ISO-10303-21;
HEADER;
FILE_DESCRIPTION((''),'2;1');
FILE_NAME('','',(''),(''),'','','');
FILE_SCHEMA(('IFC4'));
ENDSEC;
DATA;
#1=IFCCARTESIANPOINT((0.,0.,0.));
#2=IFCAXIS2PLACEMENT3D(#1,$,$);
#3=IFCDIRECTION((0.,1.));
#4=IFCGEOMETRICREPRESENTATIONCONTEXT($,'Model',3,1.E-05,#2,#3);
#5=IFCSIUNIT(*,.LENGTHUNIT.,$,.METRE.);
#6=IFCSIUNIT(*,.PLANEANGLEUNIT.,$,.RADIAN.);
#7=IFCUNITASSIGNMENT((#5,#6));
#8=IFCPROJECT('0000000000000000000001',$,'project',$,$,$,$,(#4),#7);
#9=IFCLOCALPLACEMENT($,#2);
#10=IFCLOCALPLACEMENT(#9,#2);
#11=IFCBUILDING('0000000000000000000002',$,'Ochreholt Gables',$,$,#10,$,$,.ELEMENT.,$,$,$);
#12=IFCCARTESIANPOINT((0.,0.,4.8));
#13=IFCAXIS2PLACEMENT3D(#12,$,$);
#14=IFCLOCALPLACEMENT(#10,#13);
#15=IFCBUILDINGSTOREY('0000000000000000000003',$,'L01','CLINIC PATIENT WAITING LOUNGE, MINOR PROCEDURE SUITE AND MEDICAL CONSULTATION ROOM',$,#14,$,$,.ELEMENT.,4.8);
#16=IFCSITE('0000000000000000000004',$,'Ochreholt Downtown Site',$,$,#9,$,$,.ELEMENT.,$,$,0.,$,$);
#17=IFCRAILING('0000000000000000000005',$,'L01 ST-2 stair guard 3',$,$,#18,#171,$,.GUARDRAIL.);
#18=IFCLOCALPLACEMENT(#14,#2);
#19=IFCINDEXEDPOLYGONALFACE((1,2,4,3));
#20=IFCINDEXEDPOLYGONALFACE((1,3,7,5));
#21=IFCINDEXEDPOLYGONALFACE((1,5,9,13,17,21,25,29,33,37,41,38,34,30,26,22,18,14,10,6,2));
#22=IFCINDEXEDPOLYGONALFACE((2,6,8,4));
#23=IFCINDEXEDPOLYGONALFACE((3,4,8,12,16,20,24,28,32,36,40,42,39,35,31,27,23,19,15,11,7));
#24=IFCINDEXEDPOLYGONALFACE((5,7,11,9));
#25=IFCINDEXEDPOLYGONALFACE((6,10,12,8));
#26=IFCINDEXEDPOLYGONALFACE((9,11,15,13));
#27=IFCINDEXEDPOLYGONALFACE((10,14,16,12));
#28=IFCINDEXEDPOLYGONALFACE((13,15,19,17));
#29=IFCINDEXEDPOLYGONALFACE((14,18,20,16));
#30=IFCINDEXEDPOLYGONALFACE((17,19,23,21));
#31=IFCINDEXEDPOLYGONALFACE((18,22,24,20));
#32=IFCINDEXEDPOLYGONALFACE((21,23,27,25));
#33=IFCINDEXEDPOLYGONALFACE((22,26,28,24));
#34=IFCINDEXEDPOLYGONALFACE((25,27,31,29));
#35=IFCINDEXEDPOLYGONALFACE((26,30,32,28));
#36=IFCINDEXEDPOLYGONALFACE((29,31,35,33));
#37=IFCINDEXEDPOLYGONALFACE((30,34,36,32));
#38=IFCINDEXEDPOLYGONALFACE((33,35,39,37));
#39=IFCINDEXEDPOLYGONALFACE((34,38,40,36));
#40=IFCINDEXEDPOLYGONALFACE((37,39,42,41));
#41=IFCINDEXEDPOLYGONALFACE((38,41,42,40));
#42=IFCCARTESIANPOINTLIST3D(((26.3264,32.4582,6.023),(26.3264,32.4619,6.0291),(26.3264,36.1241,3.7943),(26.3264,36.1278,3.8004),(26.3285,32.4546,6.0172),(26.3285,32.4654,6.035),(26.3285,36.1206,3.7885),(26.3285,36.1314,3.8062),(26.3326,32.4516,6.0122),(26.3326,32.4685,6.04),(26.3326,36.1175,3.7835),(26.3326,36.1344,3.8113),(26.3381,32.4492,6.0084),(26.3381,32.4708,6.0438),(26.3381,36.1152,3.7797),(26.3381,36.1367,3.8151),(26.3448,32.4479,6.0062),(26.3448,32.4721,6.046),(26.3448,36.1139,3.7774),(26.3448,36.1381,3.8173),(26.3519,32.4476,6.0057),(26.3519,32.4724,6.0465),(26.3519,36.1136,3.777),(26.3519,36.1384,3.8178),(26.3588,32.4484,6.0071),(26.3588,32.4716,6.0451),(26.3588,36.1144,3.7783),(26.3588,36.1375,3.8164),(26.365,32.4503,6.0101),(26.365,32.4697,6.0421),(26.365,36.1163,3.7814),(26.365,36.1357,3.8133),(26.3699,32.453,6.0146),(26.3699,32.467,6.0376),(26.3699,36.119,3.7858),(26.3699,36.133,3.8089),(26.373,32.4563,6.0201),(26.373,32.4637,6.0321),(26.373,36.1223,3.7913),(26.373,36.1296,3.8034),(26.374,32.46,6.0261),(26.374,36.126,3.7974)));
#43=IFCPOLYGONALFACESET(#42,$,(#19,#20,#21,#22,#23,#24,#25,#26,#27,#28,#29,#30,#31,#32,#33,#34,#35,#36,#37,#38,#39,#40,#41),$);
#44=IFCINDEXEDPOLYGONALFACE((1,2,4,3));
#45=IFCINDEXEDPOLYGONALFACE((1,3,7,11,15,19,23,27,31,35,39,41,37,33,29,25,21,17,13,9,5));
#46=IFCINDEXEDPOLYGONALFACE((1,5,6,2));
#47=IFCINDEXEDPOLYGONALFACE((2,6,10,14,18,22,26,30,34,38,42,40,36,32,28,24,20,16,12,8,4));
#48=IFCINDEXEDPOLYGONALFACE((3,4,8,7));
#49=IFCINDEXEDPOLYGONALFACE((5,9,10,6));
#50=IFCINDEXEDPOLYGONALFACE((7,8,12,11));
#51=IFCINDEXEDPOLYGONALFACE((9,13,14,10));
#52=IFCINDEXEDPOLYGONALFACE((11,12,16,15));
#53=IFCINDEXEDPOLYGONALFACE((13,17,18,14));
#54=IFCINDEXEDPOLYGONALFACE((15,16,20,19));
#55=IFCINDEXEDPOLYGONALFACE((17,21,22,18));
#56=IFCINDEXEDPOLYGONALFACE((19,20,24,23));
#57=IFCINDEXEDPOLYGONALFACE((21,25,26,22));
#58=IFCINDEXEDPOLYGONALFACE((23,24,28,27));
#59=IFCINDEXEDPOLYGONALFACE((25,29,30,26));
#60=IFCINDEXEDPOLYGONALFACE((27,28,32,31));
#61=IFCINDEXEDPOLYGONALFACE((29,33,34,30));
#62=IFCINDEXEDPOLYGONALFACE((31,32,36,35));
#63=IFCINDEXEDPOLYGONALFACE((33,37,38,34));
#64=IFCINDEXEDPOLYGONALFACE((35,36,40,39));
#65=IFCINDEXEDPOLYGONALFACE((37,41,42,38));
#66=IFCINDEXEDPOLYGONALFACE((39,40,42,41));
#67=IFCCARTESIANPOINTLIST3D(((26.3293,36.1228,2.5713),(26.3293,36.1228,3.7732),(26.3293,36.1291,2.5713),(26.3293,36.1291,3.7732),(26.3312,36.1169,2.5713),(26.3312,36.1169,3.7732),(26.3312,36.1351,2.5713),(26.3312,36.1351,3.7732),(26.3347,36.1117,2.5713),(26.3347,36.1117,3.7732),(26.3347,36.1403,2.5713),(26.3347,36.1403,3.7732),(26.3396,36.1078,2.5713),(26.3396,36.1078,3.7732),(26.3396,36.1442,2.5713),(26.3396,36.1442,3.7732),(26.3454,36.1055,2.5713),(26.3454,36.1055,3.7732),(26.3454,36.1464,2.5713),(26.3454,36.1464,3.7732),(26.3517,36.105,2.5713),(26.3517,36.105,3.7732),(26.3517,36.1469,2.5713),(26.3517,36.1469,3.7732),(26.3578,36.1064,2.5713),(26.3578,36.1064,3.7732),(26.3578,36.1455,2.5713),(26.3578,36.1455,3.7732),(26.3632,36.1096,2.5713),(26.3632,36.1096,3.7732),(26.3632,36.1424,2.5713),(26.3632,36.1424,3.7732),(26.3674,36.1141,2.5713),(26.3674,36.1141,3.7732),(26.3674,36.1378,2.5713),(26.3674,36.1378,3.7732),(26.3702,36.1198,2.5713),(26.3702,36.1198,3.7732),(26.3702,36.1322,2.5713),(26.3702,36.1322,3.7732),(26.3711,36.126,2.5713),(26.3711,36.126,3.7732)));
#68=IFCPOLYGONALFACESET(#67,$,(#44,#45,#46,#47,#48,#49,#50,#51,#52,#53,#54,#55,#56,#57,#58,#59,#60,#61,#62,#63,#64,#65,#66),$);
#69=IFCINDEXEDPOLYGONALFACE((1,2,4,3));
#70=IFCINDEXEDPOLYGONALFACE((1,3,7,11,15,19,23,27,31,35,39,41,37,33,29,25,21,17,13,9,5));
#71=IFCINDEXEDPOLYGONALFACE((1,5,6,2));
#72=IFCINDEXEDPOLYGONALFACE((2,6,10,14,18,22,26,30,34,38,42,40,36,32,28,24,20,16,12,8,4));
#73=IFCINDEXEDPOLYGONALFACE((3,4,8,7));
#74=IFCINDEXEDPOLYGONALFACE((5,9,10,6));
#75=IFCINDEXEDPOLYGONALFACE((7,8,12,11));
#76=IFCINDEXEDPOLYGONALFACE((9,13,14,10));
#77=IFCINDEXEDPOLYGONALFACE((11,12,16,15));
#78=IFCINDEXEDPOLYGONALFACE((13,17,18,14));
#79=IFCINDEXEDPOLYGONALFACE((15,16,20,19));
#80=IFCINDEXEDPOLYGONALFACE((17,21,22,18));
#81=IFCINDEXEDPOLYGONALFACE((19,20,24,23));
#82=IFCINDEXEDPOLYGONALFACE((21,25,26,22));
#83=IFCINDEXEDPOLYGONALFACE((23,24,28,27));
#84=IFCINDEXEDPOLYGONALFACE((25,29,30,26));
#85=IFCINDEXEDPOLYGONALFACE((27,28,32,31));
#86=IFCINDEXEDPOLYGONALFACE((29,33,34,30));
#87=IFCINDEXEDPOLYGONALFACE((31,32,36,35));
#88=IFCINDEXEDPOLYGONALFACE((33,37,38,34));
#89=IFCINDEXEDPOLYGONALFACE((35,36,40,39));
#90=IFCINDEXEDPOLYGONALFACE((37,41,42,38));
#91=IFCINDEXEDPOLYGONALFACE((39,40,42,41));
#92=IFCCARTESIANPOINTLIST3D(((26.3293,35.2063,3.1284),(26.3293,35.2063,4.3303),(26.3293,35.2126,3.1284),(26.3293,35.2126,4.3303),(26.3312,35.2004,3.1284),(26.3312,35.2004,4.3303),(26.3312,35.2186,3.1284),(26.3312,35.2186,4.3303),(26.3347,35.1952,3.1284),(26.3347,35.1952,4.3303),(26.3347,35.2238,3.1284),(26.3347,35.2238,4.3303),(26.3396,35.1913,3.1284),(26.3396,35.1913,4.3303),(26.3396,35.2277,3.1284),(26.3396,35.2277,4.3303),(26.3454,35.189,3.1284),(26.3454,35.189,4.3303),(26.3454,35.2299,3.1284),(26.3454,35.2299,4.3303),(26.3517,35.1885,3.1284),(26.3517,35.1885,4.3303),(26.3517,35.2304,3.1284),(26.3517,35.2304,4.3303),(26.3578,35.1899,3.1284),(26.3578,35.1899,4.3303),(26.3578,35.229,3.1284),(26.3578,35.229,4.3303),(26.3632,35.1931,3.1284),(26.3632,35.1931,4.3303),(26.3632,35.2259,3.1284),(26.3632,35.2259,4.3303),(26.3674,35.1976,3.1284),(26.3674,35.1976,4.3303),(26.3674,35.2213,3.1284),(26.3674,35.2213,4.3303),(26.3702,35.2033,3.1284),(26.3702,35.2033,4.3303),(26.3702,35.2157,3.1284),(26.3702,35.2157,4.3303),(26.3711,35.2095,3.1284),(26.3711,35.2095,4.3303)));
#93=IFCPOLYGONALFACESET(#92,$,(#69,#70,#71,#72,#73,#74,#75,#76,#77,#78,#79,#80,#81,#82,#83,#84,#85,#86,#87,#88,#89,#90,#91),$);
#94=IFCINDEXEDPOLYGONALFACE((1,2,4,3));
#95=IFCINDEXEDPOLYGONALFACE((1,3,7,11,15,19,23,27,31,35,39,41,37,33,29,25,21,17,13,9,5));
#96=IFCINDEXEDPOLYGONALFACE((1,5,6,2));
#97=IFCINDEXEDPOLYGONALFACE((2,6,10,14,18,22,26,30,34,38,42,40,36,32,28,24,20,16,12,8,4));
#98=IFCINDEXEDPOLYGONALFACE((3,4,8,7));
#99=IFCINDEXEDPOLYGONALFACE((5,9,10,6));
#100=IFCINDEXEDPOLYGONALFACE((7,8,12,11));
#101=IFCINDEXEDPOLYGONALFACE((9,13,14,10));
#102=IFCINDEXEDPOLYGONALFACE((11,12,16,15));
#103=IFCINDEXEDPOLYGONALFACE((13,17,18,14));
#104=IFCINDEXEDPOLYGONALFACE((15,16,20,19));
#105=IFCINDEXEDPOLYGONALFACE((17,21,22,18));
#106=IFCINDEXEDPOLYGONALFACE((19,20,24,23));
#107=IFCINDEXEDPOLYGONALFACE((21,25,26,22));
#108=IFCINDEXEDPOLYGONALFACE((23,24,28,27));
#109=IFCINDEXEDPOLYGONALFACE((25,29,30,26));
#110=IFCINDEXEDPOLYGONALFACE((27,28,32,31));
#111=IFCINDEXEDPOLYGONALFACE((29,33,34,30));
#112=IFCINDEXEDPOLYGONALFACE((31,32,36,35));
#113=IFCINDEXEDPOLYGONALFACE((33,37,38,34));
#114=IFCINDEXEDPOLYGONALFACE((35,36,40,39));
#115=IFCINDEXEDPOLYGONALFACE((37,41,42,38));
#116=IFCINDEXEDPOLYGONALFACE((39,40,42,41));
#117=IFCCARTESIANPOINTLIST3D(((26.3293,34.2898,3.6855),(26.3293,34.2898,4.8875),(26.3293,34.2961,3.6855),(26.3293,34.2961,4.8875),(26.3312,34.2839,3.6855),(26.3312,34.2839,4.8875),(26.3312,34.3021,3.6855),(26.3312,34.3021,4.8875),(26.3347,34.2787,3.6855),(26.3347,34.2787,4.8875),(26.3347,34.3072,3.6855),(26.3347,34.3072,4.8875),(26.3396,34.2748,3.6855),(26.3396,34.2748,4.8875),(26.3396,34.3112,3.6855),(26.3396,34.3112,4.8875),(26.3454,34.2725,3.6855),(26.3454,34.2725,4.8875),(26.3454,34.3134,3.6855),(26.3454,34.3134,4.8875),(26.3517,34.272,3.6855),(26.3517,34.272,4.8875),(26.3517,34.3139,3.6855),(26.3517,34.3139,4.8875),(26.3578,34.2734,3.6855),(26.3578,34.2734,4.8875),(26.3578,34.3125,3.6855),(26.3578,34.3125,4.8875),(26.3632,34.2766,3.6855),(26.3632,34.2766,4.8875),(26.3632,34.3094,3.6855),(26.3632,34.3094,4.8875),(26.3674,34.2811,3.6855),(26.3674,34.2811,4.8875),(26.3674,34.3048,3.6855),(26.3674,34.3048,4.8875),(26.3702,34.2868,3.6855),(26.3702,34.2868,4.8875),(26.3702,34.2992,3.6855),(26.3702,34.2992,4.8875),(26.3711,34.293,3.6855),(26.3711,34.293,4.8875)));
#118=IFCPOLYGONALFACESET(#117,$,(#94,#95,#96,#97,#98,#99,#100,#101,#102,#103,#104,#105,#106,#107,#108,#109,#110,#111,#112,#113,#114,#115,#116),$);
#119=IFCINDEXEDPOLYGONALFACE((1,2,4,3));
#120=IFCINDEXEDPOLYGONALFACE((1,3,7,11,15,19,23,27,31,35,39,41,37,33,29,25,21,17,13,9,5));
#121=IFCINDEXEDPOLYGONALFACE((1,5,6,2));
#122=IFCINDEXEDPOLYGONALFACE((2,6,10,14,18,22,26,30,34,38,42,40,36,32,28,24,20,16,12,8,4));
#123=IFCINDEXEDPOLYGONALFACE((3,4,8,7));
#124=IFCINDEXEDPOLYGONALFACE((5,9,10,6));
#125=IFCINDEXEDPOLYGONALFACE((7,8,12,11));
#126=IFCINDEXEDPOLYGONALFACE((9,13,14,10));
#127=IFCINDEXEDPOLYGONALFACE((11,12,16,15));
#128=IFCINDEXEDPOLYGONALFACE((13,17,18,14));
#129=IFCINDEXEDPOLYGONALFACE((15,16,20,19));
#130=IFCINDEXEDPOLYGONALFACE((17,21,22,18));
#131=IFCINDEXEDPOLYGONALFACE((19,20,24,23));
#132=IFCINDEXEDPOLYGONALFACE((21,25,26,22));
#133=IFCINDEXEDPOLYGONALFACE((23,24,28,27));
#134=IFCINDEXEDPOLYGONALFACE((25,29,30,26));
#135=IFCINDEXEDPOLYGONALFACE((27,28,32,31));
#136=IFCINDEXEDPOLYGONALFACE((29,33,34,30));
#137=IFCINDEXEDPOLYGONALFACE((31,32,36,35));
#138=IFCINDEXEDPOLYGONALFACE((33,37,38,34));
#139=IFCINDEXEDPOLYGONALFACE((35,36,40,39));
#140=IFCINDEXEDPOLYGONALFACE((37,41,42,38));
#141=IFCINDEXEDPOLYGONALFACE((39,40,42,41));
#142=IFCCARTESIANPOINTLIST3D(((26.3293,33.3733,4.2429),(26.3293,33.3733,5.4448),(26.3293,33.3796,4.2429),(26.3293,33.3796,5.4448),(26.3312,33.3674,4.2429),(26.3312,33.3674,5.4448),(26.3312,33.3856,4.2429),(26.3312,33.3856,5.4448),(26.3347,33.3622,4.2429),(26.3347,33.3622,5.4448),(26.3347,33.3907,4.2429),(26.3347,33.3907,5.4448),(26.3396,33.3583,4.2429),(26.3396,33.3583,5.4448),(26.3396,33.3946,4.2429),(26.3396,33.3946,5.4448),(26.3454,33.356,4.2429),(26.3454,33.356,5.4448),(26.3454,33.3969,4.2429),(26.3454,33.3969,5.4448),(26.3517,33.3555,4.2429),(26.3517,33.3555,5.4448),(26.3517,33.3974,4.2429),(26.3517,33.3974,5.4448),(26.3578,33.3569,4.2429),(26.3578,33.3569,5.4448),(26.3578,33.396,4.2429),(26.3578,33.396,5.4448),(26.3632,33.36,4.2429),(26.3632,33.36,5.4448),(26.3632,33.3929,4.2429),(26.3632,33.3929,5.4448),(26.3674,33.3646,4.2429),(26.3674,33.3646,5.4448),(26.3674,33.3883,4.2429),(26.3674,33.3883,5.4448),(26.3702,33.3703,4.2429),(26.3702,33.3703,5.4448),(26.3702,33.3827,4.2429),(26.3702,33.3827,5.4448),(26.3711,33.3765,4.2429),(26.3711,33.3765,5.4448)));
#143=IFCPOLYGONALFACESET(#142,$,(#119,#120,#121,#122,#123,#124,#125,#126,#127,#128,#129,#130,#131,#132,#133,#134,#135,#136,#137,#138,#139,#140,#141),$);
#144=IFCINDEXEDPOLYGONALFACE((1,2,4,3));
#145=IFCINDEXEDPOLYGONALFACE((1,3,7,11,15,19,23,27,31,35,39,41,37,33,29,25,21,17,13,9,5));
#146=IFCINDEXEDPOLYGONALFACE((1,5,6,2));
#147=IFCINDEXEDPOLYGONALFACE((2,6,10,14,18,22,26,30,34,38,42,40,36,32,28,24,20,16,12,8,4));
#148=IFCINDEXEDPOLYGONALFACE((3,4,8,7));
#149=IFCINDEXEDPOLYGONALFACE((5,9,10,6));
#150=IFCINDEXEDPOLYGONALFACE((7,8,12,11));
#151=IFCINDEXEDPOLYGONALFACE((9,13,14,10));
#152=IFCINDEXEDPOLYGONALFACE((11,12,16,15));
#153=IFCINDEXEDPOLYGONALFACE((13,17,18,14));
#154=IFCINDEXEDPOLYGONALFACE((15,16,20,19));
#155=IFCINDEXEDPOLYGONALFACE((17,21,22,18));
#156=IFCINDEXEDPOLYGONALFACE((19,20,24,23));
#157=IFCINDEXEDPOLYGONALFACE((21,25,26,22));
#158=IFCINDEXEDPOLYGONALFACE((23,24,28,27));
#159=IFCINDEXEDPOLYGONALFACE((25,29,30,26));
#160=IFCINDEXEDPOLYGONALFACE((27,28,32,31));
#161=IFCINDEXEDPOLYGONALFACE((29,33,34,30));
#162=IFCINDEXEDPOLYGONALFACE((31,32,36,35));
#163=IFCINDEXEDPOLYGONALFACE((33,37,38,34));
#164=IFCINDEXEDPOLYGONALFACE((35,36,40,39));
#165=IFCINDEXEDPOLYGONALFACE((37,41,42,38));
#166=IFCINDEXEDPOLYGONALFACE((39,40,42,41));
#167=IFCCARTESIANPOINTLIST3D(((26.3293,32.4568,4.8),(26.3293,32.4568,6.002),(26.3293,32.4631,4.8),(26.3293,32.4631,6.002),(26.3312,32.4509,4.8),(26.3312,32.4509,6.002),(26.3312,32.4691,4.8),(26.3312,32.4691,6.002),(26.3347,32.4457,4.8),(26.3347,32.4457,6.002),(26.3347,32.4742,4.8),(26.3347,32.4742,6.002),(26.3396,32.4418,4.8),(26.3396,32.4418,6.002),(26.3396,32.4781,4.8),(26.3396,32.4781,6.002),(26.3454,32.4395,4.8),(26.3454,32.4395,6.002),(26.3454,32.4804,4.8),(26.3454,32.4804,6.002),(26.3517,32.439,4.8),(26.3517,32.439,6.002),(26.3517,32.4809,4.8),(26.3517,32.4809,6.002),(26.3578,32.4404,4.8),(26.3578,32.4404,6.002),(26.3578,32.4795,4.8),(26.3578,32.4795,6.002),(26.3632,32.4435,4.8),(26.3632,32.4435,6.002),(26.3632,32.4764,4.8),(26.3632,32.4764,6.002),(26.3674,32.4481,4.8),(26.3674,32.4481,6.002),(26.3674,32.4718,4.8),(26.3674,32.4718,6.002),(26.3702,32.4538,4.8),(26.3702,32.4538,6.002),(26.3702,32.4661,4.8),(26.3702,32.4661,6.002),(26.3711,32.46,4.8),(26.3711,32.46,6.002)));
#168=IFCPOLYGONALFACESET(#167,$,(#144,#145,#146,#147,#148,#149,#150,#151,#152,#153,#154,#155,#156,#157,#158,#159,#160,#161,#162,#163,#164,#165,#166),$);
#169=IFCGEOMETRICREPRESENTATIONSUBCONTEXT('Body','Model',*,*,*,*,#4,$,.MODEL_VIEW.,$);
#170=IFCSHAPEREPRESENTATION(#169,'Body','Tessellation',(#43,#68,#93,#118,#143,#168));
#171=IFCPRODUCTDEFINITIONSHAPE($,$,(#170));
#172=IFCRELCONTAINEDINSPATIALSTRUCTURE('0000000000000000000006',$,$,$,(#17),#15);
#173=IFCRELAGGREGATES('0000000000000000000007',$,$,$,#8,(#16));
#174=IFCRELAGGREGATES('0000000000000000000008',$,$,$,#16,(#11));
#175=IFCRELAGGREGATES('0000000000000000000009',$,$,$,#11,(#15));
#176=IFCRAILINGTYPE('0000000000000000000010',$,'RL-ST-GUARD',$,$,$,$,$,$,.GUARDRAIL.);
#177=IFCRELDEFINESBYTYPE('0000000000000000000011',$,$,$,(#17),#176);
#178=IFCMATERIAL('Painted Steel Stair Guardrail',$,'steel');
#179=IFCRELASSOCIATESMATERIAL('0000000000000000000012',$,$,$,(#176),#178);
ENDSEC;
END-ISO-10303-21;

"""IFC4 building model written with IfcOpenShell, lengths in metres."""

from ifc_helpers import new_model, si_unit, direction, frame, origin, origin_2d, place, context, subcontext, project, spatial, circle, extrude, material, type_object, element, save


model = new_model("IFC4")

# Units and contexts
model_context = context("Model", 3, precision=1e-05, world=origin(), true_north=direction((0.0, 1.0)))
body_context = subcontext(model_context, "Body", "Model", "MODEL_VIEW")
ifc_project = project(units=[si_unit("LENGTHUNIT", "METRE"), si_unit("PLANEANGLEUNIT", "RADIAN")], contexts=[model_context])

# Site, building, storey
site_placement = place(None, origin())
site = spatial("IfcSite", under=ifc_project, at=site_placement, Name="Ochreholt Downtown Site", CompositionType="ELEMENT", RefElevation=0.0)
building_placement = place(site_placement, origin())
building = spatial("IfcBuilding", under=site, at=building_placement, Name="Ochreholt Gables", CompositionType="ELEMENT")
storey_placement = place(building_placement, frame((0.0, 0.0, 4.8)))
storey = spatial("IfcBuildingStorey", under=building, at=storey_placement, Name="L01", Description="CLINIC PATIENT WAITING LOUNGE, MINOR PROCEDURE SUITE AND MEDICAL CONSULTATION ROOM", CompositionType="ELEMENT", Elevation=4.8)

# Railing
ifc_material_1 = material(Name="Painted Steel Stair Guardrail", Category="steel")
railing_type_1 = type_object("IfcRailingType", Name="RL-ST-GUARD", PredefinedType="GUARDRAIL", material=ifc_material_1)
railing_1_placement = place(storey_placement, frame((26.3501, 36.126, 2.5713)))
element("IfcRailing", 1, at=railing_1_placement, inside=storey, type_object=railing_type_1, Name="L01 ST-2 stair guard 3", PredefinedType="GUARDRAIL", context=body_context, shape_type="SweptSolid", body=[
    extrude(circle(Radius=0.0239, at=origin_2d()), frame((0.0, 0.0, 1.2261), z_axis=(0.0, -0.854481, 0.519483), x_axis=(1.0, 0.0, 0.0)), (0.0, 0.0, 1.0), 4.2903),
    extrude(circle(Radius=0.021, at=origin_2d()), origin(), (0.0, 0.0, 1.0), 1.2019),
    extrude(circle(Radius=0.021, at=origin_2d()), frame((0.0, -0.9165, 0.5571)), (0.0, 0.0, 1.0), 1.2019),
    extrude(circle(Radius=0.021, at=origin_2d()), frame((0.0, -1.833, 1.1143)), (0.0, 0.0, 1.0), 1.2019),
    extrude(circle(Radius=0.021, at=origin_2d()), frame((0.0, -2.7495, 1.6716)), (0.0, 0.0, 1.0), 1.2019),
    extrude(circle(Radius=0.021, at=origin_2d()), frame((0.0, -3.666, 2.2288)), (0.0, 0.0, 1.0), 1.2019),
])

save(model, "model.ifc")
